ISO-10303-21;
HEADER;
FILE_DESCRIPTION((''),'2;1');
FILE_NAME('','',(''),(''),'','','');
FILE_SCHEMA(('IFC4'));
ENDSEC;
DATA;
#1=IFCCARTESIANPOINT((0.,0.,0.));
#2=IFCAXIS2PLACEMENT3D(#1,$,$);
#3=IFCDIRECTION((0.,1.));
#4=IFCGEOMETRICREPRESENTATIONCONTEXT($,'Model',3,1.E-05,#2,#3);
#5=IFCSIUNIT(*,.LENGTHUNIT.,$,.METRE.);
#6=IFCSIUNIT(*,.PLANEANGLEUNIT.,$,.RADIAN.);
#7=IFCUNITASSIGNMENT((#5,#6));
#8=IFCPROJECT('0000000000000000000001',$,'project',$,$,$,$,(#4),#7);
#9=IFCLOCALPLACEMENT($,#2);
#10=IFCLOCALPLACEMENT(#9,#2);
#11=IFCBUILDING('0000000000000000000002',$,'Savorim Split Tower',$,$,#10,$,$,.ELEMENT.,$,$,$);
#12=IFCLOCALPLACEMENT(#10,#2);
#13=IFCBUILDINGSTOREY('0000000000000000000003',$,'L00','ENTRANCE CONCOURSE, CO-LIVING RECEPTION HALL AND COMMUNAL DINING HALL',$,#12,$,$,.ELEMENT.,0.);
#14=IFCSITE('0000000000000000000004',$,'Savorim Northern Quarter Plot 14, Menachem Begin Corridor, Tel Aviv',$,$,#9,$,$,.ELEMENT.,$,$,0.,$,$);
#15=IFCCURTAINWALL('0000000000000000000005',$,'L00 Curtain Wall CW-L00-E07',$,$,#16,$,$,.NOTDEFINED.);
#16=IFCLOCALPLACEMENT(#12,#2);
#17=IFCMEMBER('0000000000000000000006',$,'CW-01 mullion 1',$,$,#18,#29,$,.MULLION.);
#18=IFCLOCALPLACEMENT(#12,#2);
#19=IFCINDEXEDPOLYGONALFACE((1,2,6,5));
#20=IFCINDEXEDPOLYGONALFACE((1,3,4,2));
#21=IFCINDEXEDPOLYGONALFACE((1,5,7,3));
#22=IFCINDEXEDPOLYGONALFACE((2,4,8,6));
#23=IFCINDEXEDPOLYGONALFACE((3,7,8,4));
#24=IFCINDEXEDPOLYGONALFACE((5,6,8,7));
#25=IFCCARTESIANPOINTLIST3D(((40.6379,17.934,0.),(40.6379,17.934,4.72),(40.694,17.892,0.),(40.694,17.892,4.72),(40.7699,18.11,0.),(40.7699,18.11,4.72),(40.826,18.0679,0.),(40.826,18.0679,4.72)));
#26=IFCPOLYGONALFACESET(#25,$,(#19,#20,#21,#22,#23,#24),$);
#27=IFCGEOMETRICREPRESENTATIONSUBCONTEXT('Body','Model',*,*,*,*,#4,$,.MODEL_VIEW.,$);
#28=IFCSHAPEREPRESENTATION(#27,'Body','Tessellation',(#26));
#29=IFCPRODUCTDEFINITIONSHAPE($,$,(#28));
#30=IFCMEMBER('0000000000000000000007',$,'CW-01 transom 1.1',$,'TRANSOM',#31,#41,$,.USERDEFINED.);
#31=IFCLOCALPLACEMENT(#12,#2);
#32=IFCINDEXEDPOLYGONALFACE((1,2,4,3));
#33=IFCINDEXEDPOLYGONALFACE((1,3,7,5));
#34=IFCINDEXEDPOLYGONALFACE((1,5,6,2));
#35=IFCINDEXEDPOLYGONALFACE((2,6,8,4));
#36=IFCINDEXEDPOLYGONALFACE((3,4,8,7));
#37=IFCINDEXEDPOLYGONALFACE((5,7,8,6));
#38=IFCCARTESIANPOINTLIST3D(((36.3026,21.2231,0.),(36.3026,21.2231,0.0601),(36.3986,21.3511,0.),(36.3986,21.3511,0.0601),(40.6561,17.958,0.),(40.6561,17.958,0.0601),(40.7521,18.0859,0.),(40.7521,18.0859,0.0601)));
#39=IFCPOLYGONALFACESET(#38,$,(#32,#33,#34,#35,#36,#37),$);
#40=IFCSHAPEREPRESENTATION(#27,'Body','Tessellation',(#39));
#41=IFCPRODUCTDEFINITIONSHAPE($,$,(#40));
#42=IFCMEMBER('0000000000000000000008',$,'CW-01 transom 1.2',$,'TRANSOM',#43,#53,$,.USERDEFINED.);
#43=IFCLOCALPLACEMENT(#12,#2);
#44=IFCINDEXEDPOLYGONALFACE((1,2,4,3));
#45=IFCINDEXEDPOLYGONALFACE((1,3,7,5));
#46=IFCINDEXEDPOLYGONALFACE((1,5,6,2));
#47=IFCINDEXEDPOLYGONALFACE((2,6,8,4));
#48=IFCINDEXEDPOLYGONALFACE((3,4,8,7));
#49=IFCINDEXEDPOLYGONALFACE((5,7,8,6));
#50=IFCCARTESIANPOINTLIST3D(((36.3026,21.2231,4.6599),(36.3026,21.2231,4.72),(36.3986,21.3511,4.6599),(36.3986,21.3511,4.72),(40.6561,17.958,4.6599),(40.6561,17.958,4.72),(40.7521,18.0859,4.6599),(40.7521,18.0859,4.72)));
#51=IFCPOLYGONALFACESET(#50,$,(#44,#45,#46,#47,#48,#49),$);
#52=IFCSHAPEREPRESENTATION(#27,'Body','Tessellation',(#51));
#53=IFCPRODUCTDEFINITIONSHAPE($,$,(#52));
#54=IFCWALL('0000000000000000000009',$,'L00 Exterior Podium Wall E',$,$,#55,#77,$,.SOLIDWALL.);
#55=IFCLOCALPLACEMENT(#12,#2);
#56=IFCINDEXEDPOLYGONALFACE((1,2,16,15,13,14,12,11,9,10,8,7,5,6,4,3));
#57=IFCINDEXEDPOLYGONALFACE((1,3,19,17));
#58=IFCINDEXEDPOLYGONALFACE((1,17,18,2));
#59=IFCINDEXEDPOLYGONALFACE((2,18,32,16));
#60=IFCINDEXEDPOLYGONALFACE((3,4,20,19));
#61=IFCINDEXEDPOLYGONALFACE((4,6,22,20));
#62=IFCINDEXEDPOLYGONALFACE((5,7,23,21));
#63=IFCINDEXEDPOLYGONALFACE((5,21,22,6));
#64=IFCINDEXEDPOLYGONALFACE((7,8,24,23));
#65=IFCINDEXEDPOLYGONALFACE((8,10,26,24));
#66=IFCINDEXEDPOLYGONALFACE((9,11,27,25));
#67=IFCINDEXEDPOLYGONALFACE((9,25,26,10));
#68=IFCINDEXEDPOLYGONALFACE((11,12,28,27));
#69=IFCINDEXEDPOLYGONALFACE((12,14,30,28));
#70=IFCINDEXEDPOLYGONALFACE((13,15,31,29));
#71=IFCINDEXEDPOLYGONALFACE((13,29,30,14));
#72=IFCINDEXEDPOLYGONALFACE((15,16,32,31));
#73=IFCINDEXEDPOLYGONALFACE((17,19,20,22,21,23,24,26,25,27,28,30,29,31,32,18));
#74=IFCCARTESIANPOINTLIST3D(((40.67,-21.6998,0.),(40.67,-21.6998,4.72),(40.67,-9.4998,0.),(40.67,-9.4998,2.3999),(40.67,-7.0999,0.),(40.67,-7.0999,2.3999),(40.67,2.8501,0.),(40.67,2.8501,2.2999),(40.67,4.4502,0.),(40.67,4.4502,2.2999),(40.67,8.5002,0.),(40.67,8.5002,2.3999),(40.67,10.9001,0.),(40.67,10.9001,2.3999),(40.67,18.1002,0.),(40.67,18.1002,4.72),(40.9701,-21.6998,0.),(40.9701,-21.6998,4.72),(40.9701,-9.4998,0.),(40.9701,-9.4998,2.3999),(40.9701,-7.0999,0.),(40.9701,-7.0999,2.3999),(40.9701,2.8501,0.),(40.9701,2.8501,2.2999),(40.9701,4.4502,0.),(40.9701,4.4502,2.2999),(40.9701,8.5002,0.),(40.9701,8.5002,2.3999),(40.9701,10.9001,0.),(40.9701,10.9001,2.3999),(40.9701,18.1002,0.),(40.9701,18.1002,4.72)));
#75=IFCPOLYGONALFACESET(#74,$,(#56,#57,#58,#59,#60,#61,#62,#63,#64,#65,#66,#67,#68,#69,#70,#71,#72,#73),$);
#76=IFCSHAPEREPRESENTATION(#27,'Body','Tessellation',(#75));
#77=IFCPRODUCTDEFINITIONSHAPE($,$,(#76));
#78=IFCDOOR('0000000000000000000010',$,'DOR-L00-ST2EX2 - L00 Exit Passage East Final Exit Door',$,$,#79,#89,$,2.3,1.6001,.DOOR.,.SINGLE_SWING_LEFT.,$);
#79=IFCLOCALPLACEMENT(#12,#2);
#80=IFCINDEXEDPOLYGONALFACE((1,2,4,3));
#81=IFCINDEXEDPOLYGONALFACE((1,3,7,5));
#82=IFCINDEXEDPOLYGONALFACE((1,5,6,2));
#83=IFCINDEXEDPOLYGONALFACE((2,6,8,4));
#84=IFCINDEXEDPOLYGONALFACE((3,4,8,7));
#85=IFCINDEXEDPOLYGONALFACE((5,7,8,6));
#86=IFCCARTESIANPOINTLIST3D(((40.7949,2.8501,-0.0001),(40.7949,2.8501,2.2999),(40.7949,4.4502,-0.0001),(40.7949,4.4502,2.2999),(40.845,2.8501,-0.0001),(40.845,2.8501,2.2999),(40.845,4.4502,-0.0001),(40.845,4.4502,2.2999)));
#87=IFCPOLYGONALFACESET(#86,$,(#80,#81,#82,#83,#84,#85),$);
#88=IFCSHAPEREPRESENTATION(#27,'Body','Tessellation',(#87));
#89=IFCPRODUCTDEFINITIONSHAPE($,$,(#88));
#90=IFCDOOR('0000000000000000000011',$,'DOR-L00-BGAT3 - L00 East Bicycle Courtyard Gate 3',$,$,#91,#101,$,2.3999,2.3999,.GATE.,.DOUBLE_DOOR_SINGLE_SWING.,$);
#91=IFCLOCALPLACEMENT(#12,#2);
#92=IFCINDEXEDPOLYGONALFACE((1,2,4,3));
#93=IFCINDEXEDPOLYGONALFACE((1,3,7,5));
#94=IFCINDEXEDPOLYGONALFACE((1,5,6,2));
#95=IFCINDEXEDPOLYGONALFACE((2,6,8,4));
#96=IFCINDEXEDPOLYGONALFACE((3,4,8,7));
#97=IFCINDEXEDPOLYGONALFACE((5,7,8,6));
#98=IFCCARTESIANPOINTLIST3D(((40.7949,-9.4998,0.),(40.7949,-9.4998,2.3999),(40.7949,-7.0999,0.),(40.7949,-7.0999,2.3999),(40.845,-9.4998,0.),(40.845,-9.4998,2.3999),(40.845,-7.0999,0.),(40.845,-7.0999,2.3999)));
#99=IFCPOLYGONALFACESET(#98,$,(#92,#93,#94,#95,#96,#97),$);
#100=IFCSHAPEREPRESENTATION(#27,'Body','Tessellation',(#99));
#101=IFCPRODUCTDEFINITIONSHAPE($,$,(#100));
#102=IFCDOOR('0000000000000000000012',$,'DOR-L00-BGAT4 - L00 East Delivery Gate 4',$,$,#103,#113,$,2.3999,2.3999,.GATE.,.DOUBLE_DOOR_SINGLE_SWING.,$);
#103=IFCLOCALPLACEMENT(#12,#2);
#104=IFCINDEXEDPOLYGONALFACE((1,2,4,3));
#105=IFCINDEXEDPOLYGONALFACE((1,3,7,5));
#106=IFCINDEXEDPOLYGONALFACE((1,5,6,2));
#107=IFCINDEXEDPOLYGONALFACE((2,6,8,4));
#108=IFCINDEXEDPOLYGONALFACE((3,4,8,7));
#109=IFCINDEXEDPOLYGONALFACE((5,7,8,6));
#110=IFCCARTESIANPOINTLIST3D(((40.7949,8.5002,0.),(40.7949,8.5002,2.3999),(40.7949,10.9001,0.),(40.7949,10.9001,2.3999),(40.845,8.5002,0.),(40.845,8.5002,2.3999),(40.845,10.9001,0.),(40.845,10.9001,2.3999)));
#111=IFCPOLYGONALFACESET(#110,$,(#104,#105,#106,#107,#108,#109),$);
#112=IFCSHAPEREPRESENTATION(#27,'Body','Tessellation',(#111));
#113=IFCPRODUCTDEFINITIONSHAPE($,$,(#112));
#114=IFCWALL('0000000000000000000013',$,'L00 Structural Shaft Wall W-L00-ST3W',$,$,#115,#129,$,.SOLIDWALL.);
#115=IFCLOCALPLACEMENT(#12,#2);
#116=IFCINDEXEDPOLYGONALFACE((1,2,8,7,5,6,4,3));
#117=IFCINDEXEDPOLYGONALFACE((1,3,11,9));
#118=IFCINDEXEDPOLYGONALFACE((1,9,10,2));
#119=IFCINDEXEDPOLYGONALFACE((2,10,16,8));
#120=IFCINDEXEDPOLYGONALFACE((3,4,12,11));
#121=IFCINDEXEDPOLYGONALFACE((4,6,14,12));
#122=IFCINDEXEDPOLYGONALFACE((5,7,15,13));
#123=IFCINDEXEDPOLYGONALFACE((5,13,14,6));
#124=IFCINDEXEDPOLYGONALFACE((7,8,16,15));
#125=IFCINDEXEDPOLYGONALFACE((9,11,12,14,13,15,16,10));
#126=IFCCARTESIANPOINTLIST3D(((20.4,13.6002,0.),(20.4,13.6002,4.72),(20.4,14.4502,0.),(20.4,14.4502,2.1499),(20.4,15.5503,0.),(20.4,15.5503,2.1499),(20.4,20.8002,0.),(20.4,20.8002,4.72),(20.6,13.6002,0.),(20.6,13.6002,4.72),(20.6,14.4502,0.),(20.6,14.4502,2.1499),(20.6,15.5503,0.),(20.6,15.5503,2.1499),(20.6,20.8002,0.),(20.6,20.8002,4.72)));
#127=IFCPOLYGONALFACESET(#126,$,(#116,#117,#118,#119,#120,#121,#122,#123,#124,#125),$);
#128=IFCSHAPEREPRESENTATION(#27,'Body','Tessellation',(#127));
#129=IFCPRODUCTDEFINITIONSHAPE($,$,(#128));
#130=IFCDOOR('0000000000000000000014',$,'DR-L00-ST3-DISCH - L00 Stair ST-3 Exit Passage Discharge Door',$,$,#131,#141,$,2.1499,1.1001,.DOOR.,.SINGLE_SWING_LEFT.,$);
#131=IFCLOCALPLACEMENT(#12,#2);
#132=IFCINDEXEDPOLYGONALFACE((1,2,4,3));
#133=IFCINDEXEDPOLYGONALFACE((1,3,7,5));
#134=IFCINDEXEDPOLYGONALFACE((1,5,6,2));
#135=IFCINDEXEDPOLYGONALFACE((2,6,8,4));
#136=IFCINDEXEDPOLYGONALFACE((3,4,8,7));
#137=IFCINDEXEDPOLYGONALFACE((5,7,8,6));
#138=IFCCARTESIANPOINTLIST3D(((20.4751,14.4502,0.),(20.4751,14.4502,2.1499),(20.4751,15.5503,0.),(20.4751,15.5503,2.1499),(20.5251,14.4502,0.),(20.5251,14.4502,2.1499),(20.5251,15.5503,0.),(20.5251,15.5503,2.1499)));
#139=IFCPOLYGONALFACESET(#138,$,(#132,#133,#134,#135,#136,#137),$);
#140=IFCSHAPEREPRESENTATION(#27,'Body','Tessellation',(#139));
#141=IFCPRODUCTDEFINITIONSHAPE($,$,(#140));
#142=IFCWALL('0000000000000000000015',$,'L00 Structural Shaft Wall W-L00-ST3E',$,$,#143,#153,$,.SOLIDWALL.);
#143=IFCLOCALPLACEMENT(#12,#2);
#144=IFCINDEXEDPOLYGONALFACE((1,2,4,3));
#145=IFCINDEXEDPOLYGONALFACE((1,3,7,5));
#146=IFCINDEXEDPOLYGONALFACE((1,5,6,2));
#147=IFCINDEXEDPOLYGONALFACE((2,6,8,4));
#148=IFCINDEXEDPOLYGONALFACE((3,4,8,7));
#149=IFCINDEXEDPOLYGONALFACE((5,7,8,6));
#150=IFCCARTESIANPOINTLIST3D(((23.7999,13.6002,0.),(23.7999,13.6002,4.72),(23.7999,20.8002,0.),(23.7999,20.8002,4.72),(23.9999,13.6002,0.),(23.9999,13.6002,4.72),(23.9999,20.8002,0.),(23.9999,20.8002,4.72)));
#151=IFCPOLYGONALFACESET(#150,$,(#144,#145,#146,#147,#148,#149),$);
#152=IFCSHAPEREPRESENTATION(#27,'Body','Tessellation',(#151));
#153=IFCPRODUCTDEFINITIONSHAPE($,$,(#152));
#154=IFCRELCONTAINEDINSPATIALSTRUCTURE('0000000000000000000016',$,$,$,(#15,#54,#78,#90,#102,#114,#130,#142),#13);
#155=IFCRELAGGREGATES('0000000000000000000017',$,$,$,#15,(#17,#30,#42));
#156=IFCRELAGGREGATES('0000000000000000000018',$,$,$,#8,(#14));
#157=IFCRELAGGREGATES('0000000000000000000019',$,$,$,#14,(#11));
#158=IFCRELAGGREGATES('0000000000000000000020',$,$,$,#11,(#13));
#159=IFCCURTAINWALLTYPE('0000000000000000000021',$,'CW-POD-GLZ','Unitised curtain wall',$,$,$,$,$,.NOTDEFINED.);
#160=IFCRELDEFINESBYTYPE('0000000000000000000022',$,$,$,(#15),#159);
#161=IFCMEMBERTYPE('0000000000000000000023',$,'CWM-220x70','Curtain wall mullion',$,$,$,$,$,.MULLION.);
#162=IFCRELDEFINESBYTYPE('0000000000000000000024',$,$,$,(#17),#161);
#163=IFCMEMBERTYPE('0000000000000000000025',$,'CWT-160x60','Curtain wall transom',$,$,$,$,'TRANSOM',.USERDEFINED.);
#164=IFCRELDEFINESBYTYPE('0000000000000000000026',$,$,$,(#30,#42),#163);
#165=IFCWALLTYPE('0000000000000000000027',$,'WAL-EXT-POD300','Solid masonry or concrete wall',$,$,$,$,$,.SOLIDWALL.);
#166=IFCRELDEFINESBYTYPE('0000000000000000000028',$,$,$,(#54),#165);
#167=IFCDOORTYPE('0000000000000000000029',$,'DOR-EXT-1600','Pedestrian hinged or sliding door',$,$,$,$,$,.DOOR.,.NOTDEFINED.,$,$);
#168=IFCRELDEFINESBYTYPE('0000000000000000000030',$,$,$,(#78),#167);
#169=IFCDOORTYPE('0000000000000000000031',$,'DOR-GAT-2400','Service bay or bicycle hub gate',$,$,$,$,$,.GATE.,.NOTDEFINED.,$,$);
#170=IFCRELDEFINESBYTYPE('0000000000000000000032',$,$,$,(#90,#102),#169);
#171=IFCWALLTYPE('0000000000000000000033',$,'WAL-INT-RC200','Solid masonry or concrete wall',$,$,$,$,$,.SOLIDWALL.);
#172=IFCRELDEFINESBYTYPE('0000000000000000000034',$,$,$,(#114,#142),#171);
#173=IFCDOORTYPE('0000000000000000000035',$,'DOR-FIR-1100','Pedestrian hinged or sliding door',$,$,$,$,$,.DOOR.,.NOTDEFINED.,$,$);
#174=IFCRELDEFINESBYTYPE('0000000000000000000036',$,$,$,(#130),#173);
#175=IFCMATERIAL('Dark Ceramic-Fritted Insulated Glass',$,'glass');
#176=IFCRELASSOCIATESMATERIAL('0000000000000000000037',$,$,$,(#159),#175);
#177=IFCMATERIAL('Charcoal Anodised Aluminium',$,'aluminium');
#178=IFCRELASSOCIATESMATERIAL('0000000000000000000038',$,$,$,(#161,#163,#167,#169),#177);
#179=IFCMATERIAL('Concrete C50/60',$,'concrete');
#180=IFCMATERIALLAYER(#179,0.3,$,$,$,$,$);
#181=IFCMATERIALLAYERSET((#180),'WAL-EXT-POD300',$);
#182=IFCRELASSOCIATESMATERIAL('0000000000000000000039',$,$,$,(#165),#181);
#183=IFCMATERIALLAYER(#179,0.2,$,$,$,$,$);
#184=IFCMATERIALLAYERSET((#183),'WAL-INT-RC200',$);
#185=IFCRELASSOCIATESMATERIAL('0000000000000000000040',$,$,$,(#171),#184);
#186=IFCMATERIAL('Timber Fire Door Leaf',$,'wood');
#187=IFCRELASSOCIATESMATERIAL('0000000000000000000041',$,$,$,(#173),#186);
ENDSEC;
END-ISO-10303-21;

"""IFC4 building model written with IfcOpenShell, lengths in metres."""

from ifc_helpers import new_model, si_unit, direction, frame, frame_2d, origin, origin_2d, place, context, subcontext, project, spatial, rectangle, extrude, material, layer, layer_set, material_profile, profile_set, type_object, element, fill, aggregate, save


model = new_model("IFC4")

# Units and contexts
model_context = context("Model", 3, precision=1e-05, world=origin(), true_north=direction((0.0, 1.0)))
body_context = subcontext(model_context, "Body", "Model", "MODEL_VIEW")
ifc_project = project(units=[si_unit("LENGTHUNIT", "METRE"), si_unit("PLANEANGLEUNIT", "RADIAN")], contexts=[model_context])

# Site, building, storey
site_placement = place(None, origin())
site = spatial("IfcSite", under=ifc_project, at=site_placement, Name="Savorim Northern Quarter Plot 14, Menachem Begin Corridor, Tel Aviv", CompositionType="ELEMENT", RefElevation=0.0)
building_placement = place(site_placement, origin())
building = spatial("IfcBuilding", under=site, at=building_placement, Name="Savorim Split Tower", CompositionType="ELEMENT")
storey_placement = place(building_placement, origin())
storey = spatial("IfcBuildingStorey", under=building, at=storey_placement, Name="L00", Description="ENTRANCE CONCOURSE, CO-LIVING RECEPTION HALL AND COMMUNAL DINING HALL", CompositionType="ELEMENT", Elevation=0.0)

# Curtain wall, members
ifc_material_1 = material(Name="Dark Ceramic-Fritted Insulated Glass", Category="glass")
curtain_wall_type = type_object("IfcCurtainWallType", Name="CW-POD-GLZ", Description="Unitised curtain wall", PredefinedType="NOTDEFINED", material=ifc_material_1)
curtain_wall_placement = place(storey_placement, origin())
curtain_wall = element("IfcCurtainWall", 1, at=curtain_wall_placement, inside=storey, type_object=curtain_wall_type, Name="L00 Curtain Wall CW-L00-E07", PredefinedType="NOTDEFINED")
ifc_material_2 = material(Name="Charcoal Anodised Aluminium", Category="aluminium")
ifc_material_profile_1 = material_profile(ifc_material_2, rectangle(XDim=0.22, YDim=0.0701, at=origin_2d()), Name="ALU-M 220x70")
ifc_profile_set_1 = profile_set([ifc_material_profile_1], Name="Charcoal Anodised Aluminium")
member_type_1 = type_object("IfcMemberType", Name="CWM-220x70", Description="Curtain wall mullion", PredefinedType="MULLION", material=ifc_profile_set_1)
member_1_placement = place(storey_placement, frame((40.7319, 18.001, 0.0), z_axis=(0.0, 0.0, 1.0), x_axis=(-0.6, -0.8, 0.0)))
member_1 = element("IfcMember", 2, at=member_1_placement, type_object=member_type_1, Name="CW-01 mullion 1", PredefinedType="MULLION", context=body_context, shape_type="SweptSolid", body=[
    extrude(rectangle(XDim=0.22, YDim=0.0701, at=origin_2d()), origin(), (0.0, 0.0, 1.0), 4.72),
])
ifc_material_profile_2 = material_profile(ifc_material_2, rectangle(XDim=0.1599, YDim=0.0601, at=origin_2d()), Name="ALU-T 160x60")
ifc_profile_set_2 = profile_set([ifc_material_profile_2], Name="Charcoal Anodised Aluminium")
member_type_2 = type_object("IfcMemberType", Name="CWT-160x60", Description="Curtain wall transom", ElementType="TRANSOM", PredefinedType="USERDEFINED", material=ifc_profile_set_2)
member_2_placement = place(storey_placement, frame((40.7041, 18.022, 0.03), z_axis=(-0.8, 0.6, 0.0), x_axis=(-0.6, -0.8, 0.0)))
member_2 = element("IfcMember", 3, at=member_2_placement, type_object=member_type_2, Name="CW-01 transom 1.1", ObjectType="TRANSOM", PredefinedType="USERDEFINED", context=body_context, shape_type="SweptSolid", body=[
    extrude(rectangle(XDim=0.1599, YDim=0.0601, at=origin_2d()), origin(), (0.0, 0.0, 1.0), 5.4419),
])
member_3_placement = place(storey_placement, frame((40.7041, 18.022, 4.6899), z_axis=(-0.8, 0.6, 0.0), x_axis=(-0.6, -0.8, 0.0)))
member_3 = element("IfcMember", 4, at=member_3_placement, type_object=member_type_2, Name="CW-01 transom 1.2", ObjectType="TRANSOM", PredefinedType="USERDEFINED", context=body_context, shape_type="SweptSolid", body=[
    extrude(rectangle(XDim=0.1599, YDim=0.0601, at=origin_2d()), origin(), (0.0, 0.0, 1.0), 5.4419),
])
aggregate(curtain_wall, [member_1, member_2, member_3])

# Wall, openings, doors
ifc_material_3 = material(Name="Concrete C50/60", Category="concrete")
ifc_layer_1 = layer(ifc_material_3, 0.3)
ifc_layer_set_1 = layer_set([ifc_layer_1], Name="WAL-EXT-POD300")
wall_type_1 = type_object("IfcWallType", Name="WAL-EXT-POD300", Description="Solid masonry or concrete wall", PredefinedType="SOLIDWALL", material=ifc_layer_set_1)
wall_1_placement = place(storey_placement, frame((40.8201, 18.1001, 0.0), z_axis=(0.0, 0.0, 1.0), x_axis=(0.0, -1.0, 0.0)))
wall_1 = element("IfcWall", 5, at=wall_1_placement, inside=storey, type_object=wall_type_1, Name="L00 Exterior Podium Wall E", PredefinedType="SOLIDWALL", context=body_context, shape_type="SweptSolid", body=[
    extrude(rectangle(XDim=39.8, YDim=0.3, at=frame_2d((19.8999, 0.0))), origin(), (0.0, 0.0, 1.0), 4.72),
])
opening_1_placement = place(wall_1_placement, frame((25.2, 0.0, 0.0)))
opening_1 = element("IfcOpeningElement", 6, at=opening_1_placement, cuts=wall_1, PredefinedType="OPENING", context=body_context, shape_type="SweptSolid", body=[
    extrude(rectangle(XDim=2.3999, YDim=2.3999, at=frame_2d((1.2, 1.2))), frame((0.0, 0.1599, 0.0), z_axis=(0.0, -1.0, 0.0), x_axis=(1.0, 0.0, 0.0)), (0.0, 0.0, 1.0), 0.3201),
])
opening_2_placement = place(wall_1_placement, frame((13.6499, 0.0, 0.0)))
opening_2 = element("IfcOpeningElement", 7, at=opening_2_placement, cuts=wall_1, PredefinedType="OPENING", context=body_context, shape_type="SweptSolid", body=[
    extrude(rectangle(XDim=1.6001, YDim=2.3, at=frame_2d((0.8, 1.1499))), frame((0.0, 0.1599, 0.0), z_axis=(0.0, -1.0, 0.0), x_axis=(1.0, 0.0, 0.0)), (0.0, 0.0, 1.0), 0.3201),
])
opening_3_placement = place(wall_1_placement, frame((7.2, 0.0, 0.0)))
opening_3 = element("IfcOpeningElement", 8, at=opening_3_placement, cuts=wall_1, PredefinedType="OPENING", context=body_context, shape_type="SweptSolid", body=[
    extrude(rectangle(XDim=2.3999, YDim=2.3999, at=frame_2d((1.2, 1.2))), frame((0.0, 0.1599, 0.0), z_axis=(0.0, -1.0, 0.0), x_axis=(1.0, 0.0, 0.0)), (0.0, 0.0, 1.0), 0.3201),
])
door_type_1 = type_object("IfcDoorType", Name="DOR-EXT-1600", Description="Pedestrian hinged or sliding door", OperationType="NOTDEFINED", PredefinedType="DOOR", material=ifc_material_2)
door_1_placement = place(opening_2_placement, origin())
door_1 = element("IfcDoor", 9, at=door_1_placement, inside=storey, type_object=door_type_1, Name="DOR-L00-ST2EX2 - L00 Exit Passage East Final Exit Door", OperationType="SINGLE_SWING_LEFT", OverallHeight=2.3, OverallWidth=1.6001, PredefinedType="DOOR", context=body_context, shape_type="SweptSolid", body=[
    extrude(rectangle(XDim=1.6001, YDim=2.3, at=frame_2d((0.8, 1.1499))), frame((0.0, 0.0249, 0.0), z_axis=(0.0, -1.0, 0.0), x_axis=(1.0, 0.0, 0.0)), (0.0, 0.0, 1.0), 0.05),
])
fill(opening_2, door_1)
door_type_2 = type_object("IfcDoorType", Name="DOR-GAT-2400", Description="Service bay or bicycle hub gate", OperationType="NOTDEFINED", PredefinedType="GATE", material=ifc_material_2)
door_2_placement = place(opening_1_placement, origin())
door_2 = element("IfcDoor", 10, at=door_2_placement, inside=storey, type_object=door_type_2, Name="DOR-L00-BGAT3 - L00 East Bicycle Courtyard Gate 3", OperationType="DOUBLE_DOOR_SINGLE_SWING", OverallHeight=2.3999, OverallWidth=2.3999, PredefinedType="GATE", context=body_context, shape_type="SweptSolid", body=[
    extrude(rectangle(XDim=2.3999, YDim=2.3999, at=frame_2d((1.2, 1.2))), frame((0.0, 0.0249, 0.0), z_axis=(0.0, -1.0, 0.0), x_axis=(1.0, 0.0, 0.0)), (0.0, 0.0, 1.0), 0.05),
])
fill(opening_1, door_2)
door_3_placement = place(opening_3_placement, origin())
door_3 = element("IfcDoor", 11, at=door_3_placement, inside=storey, type_object=door_type_2, Name="DOR-L00-BGAT4 - L00 East Delivery Gate 4", OperationType="DOUBLE_DOOR_SINGLE_SWING", OverallHeight=2.3999, OverallWidth=2.3999, PredefinedType="GATE", context=body_context, shape_type="SweptSolid", body=[
    extrude(rectangle(XDim=2.3999, YDim=2.3999, at=frame_2d((1.2, 1.2))), frame((0.0, 0.0249, 0.0), z_axis=(0.0, -1.0, 0.0), x_axis=(1.0, 0.0, 0.0)), (0.0, 0.0, 1.0), 0.05),
])
fill(opening_3, door_3)

# Wall, opening, door
ifc_layer_2 = layer(ifc_material_3, 0.2)
ifc_layer_set_2 = layer_set([ifc_layer_2], Name="WAL-INT-RC200")
wall_type_2 = type_object("IfcWallType", Name="WAL-INT-RC200", Description="Solid masonry or concrete wall", PredefinedType="SOLIDWALL", material=ifc_layer_set_2)
ifc_material_4 = material(Name="Timber Fire Door Leaf", Category="wood")
wall_2_placement = place(storey_placement, frame((20.5, 13.6001, 0.0), z_axis=(0.0, 0.0, 1.0), x_axis=(0.0, 1.0, 0.0)))
wall_2 = element("IfcWall", 12, at=wall_2_placement, inside=storey, type_object=wall_type_2, Name="L00 Structural Shaft Wall W-L00-ST3W", PredefinedType="SOLIDWALL", context=body_context, shape_type="SweptSolid", body=[
    extrude(rectangle(XDim=7.2, YDim=0.2, at=frame_2d((3.6001, 0.0))), origin(), (0.0, 0.0, 1.0), 4.72),
])
opening_4_placement = place(wall_2_placement, frame((0.8501, 0.0, 0.0)))
opening_4 = element("IfcOpeningElement", 13, at=opening_4_placement, cuts=wall_2, PredefinedType="OPENING", context=body_context, shape_type="SweptSolid", body=[
    extrude(rectangle(XDim=1.1001, YDim=2.1499, at=frame_2d((0.55, 1.075))), frame((0.0, 0.1099, 0.0), z_axis=(0.0, -1.0, 0.0), x_axis=(1.0, 0.0, 0.0)), (0.0, 0.0, 1.0), 0.22),
])
door_type_3 = type_object("IfcDoorType", Name="DOR-FIR-1100", Description="Pedestrian hinged or sliding door", OperationType="NOTDEFINED", PredefinedType="DOOR", material=ifc_material_4)
door_4_placement = place(opening_4_placement, origin())
door_4 = element("IfcDoor", 14, at=door_4_placement, inside=storey, type_object=door_type_3, Name="DR-L00-ST3-DISCH - L00 Stair ST-3 Exit Passage Discharge Door", OperationType="SINGLE_SWING_LEFT", OverallHeight=2.1499, OverallWidth=1.1001, PredefinedType="DOOR", context=body_context, shape_type="SweptSolid", body=[
    extrude(rectangle(XDim=1.1001, YDim=2.1499, at=frame_2d((0.55, 1.075))), frame((0.0, 0.0249, 0.0), z_axis=(0.0, -1.0, 0.0), x_axis=(1.0, 0.0, 0.0)), (0.0, 0.0, 1.0), 0.05),
])
fill(opening_4, door_4)

# Wall
wall_3_placement = place(storey_placement, frame((23.8999, 13.6001, 0.0), z_axis=(0.0, 0.0, 1.0), x_axis=(0.0, 1.0, 0.0)))
element("IfcWall", 15, at=wall_3_placement, inside=storey, type_object=wall_type_2, Name="L00 Structural Shaft Wall W-L00-ST3E", PredefinedType="SOLIDWALL", context=body_context, shape_type="SweptSolid", body=[
    extrude(rectangle(XDim=7.2, YDim=0.2, at=frame_2d((3.6001, 0.0))), origin(), (0.0, 0.0, 1.0), 4.72),
])

save(model, "model.ifc")
